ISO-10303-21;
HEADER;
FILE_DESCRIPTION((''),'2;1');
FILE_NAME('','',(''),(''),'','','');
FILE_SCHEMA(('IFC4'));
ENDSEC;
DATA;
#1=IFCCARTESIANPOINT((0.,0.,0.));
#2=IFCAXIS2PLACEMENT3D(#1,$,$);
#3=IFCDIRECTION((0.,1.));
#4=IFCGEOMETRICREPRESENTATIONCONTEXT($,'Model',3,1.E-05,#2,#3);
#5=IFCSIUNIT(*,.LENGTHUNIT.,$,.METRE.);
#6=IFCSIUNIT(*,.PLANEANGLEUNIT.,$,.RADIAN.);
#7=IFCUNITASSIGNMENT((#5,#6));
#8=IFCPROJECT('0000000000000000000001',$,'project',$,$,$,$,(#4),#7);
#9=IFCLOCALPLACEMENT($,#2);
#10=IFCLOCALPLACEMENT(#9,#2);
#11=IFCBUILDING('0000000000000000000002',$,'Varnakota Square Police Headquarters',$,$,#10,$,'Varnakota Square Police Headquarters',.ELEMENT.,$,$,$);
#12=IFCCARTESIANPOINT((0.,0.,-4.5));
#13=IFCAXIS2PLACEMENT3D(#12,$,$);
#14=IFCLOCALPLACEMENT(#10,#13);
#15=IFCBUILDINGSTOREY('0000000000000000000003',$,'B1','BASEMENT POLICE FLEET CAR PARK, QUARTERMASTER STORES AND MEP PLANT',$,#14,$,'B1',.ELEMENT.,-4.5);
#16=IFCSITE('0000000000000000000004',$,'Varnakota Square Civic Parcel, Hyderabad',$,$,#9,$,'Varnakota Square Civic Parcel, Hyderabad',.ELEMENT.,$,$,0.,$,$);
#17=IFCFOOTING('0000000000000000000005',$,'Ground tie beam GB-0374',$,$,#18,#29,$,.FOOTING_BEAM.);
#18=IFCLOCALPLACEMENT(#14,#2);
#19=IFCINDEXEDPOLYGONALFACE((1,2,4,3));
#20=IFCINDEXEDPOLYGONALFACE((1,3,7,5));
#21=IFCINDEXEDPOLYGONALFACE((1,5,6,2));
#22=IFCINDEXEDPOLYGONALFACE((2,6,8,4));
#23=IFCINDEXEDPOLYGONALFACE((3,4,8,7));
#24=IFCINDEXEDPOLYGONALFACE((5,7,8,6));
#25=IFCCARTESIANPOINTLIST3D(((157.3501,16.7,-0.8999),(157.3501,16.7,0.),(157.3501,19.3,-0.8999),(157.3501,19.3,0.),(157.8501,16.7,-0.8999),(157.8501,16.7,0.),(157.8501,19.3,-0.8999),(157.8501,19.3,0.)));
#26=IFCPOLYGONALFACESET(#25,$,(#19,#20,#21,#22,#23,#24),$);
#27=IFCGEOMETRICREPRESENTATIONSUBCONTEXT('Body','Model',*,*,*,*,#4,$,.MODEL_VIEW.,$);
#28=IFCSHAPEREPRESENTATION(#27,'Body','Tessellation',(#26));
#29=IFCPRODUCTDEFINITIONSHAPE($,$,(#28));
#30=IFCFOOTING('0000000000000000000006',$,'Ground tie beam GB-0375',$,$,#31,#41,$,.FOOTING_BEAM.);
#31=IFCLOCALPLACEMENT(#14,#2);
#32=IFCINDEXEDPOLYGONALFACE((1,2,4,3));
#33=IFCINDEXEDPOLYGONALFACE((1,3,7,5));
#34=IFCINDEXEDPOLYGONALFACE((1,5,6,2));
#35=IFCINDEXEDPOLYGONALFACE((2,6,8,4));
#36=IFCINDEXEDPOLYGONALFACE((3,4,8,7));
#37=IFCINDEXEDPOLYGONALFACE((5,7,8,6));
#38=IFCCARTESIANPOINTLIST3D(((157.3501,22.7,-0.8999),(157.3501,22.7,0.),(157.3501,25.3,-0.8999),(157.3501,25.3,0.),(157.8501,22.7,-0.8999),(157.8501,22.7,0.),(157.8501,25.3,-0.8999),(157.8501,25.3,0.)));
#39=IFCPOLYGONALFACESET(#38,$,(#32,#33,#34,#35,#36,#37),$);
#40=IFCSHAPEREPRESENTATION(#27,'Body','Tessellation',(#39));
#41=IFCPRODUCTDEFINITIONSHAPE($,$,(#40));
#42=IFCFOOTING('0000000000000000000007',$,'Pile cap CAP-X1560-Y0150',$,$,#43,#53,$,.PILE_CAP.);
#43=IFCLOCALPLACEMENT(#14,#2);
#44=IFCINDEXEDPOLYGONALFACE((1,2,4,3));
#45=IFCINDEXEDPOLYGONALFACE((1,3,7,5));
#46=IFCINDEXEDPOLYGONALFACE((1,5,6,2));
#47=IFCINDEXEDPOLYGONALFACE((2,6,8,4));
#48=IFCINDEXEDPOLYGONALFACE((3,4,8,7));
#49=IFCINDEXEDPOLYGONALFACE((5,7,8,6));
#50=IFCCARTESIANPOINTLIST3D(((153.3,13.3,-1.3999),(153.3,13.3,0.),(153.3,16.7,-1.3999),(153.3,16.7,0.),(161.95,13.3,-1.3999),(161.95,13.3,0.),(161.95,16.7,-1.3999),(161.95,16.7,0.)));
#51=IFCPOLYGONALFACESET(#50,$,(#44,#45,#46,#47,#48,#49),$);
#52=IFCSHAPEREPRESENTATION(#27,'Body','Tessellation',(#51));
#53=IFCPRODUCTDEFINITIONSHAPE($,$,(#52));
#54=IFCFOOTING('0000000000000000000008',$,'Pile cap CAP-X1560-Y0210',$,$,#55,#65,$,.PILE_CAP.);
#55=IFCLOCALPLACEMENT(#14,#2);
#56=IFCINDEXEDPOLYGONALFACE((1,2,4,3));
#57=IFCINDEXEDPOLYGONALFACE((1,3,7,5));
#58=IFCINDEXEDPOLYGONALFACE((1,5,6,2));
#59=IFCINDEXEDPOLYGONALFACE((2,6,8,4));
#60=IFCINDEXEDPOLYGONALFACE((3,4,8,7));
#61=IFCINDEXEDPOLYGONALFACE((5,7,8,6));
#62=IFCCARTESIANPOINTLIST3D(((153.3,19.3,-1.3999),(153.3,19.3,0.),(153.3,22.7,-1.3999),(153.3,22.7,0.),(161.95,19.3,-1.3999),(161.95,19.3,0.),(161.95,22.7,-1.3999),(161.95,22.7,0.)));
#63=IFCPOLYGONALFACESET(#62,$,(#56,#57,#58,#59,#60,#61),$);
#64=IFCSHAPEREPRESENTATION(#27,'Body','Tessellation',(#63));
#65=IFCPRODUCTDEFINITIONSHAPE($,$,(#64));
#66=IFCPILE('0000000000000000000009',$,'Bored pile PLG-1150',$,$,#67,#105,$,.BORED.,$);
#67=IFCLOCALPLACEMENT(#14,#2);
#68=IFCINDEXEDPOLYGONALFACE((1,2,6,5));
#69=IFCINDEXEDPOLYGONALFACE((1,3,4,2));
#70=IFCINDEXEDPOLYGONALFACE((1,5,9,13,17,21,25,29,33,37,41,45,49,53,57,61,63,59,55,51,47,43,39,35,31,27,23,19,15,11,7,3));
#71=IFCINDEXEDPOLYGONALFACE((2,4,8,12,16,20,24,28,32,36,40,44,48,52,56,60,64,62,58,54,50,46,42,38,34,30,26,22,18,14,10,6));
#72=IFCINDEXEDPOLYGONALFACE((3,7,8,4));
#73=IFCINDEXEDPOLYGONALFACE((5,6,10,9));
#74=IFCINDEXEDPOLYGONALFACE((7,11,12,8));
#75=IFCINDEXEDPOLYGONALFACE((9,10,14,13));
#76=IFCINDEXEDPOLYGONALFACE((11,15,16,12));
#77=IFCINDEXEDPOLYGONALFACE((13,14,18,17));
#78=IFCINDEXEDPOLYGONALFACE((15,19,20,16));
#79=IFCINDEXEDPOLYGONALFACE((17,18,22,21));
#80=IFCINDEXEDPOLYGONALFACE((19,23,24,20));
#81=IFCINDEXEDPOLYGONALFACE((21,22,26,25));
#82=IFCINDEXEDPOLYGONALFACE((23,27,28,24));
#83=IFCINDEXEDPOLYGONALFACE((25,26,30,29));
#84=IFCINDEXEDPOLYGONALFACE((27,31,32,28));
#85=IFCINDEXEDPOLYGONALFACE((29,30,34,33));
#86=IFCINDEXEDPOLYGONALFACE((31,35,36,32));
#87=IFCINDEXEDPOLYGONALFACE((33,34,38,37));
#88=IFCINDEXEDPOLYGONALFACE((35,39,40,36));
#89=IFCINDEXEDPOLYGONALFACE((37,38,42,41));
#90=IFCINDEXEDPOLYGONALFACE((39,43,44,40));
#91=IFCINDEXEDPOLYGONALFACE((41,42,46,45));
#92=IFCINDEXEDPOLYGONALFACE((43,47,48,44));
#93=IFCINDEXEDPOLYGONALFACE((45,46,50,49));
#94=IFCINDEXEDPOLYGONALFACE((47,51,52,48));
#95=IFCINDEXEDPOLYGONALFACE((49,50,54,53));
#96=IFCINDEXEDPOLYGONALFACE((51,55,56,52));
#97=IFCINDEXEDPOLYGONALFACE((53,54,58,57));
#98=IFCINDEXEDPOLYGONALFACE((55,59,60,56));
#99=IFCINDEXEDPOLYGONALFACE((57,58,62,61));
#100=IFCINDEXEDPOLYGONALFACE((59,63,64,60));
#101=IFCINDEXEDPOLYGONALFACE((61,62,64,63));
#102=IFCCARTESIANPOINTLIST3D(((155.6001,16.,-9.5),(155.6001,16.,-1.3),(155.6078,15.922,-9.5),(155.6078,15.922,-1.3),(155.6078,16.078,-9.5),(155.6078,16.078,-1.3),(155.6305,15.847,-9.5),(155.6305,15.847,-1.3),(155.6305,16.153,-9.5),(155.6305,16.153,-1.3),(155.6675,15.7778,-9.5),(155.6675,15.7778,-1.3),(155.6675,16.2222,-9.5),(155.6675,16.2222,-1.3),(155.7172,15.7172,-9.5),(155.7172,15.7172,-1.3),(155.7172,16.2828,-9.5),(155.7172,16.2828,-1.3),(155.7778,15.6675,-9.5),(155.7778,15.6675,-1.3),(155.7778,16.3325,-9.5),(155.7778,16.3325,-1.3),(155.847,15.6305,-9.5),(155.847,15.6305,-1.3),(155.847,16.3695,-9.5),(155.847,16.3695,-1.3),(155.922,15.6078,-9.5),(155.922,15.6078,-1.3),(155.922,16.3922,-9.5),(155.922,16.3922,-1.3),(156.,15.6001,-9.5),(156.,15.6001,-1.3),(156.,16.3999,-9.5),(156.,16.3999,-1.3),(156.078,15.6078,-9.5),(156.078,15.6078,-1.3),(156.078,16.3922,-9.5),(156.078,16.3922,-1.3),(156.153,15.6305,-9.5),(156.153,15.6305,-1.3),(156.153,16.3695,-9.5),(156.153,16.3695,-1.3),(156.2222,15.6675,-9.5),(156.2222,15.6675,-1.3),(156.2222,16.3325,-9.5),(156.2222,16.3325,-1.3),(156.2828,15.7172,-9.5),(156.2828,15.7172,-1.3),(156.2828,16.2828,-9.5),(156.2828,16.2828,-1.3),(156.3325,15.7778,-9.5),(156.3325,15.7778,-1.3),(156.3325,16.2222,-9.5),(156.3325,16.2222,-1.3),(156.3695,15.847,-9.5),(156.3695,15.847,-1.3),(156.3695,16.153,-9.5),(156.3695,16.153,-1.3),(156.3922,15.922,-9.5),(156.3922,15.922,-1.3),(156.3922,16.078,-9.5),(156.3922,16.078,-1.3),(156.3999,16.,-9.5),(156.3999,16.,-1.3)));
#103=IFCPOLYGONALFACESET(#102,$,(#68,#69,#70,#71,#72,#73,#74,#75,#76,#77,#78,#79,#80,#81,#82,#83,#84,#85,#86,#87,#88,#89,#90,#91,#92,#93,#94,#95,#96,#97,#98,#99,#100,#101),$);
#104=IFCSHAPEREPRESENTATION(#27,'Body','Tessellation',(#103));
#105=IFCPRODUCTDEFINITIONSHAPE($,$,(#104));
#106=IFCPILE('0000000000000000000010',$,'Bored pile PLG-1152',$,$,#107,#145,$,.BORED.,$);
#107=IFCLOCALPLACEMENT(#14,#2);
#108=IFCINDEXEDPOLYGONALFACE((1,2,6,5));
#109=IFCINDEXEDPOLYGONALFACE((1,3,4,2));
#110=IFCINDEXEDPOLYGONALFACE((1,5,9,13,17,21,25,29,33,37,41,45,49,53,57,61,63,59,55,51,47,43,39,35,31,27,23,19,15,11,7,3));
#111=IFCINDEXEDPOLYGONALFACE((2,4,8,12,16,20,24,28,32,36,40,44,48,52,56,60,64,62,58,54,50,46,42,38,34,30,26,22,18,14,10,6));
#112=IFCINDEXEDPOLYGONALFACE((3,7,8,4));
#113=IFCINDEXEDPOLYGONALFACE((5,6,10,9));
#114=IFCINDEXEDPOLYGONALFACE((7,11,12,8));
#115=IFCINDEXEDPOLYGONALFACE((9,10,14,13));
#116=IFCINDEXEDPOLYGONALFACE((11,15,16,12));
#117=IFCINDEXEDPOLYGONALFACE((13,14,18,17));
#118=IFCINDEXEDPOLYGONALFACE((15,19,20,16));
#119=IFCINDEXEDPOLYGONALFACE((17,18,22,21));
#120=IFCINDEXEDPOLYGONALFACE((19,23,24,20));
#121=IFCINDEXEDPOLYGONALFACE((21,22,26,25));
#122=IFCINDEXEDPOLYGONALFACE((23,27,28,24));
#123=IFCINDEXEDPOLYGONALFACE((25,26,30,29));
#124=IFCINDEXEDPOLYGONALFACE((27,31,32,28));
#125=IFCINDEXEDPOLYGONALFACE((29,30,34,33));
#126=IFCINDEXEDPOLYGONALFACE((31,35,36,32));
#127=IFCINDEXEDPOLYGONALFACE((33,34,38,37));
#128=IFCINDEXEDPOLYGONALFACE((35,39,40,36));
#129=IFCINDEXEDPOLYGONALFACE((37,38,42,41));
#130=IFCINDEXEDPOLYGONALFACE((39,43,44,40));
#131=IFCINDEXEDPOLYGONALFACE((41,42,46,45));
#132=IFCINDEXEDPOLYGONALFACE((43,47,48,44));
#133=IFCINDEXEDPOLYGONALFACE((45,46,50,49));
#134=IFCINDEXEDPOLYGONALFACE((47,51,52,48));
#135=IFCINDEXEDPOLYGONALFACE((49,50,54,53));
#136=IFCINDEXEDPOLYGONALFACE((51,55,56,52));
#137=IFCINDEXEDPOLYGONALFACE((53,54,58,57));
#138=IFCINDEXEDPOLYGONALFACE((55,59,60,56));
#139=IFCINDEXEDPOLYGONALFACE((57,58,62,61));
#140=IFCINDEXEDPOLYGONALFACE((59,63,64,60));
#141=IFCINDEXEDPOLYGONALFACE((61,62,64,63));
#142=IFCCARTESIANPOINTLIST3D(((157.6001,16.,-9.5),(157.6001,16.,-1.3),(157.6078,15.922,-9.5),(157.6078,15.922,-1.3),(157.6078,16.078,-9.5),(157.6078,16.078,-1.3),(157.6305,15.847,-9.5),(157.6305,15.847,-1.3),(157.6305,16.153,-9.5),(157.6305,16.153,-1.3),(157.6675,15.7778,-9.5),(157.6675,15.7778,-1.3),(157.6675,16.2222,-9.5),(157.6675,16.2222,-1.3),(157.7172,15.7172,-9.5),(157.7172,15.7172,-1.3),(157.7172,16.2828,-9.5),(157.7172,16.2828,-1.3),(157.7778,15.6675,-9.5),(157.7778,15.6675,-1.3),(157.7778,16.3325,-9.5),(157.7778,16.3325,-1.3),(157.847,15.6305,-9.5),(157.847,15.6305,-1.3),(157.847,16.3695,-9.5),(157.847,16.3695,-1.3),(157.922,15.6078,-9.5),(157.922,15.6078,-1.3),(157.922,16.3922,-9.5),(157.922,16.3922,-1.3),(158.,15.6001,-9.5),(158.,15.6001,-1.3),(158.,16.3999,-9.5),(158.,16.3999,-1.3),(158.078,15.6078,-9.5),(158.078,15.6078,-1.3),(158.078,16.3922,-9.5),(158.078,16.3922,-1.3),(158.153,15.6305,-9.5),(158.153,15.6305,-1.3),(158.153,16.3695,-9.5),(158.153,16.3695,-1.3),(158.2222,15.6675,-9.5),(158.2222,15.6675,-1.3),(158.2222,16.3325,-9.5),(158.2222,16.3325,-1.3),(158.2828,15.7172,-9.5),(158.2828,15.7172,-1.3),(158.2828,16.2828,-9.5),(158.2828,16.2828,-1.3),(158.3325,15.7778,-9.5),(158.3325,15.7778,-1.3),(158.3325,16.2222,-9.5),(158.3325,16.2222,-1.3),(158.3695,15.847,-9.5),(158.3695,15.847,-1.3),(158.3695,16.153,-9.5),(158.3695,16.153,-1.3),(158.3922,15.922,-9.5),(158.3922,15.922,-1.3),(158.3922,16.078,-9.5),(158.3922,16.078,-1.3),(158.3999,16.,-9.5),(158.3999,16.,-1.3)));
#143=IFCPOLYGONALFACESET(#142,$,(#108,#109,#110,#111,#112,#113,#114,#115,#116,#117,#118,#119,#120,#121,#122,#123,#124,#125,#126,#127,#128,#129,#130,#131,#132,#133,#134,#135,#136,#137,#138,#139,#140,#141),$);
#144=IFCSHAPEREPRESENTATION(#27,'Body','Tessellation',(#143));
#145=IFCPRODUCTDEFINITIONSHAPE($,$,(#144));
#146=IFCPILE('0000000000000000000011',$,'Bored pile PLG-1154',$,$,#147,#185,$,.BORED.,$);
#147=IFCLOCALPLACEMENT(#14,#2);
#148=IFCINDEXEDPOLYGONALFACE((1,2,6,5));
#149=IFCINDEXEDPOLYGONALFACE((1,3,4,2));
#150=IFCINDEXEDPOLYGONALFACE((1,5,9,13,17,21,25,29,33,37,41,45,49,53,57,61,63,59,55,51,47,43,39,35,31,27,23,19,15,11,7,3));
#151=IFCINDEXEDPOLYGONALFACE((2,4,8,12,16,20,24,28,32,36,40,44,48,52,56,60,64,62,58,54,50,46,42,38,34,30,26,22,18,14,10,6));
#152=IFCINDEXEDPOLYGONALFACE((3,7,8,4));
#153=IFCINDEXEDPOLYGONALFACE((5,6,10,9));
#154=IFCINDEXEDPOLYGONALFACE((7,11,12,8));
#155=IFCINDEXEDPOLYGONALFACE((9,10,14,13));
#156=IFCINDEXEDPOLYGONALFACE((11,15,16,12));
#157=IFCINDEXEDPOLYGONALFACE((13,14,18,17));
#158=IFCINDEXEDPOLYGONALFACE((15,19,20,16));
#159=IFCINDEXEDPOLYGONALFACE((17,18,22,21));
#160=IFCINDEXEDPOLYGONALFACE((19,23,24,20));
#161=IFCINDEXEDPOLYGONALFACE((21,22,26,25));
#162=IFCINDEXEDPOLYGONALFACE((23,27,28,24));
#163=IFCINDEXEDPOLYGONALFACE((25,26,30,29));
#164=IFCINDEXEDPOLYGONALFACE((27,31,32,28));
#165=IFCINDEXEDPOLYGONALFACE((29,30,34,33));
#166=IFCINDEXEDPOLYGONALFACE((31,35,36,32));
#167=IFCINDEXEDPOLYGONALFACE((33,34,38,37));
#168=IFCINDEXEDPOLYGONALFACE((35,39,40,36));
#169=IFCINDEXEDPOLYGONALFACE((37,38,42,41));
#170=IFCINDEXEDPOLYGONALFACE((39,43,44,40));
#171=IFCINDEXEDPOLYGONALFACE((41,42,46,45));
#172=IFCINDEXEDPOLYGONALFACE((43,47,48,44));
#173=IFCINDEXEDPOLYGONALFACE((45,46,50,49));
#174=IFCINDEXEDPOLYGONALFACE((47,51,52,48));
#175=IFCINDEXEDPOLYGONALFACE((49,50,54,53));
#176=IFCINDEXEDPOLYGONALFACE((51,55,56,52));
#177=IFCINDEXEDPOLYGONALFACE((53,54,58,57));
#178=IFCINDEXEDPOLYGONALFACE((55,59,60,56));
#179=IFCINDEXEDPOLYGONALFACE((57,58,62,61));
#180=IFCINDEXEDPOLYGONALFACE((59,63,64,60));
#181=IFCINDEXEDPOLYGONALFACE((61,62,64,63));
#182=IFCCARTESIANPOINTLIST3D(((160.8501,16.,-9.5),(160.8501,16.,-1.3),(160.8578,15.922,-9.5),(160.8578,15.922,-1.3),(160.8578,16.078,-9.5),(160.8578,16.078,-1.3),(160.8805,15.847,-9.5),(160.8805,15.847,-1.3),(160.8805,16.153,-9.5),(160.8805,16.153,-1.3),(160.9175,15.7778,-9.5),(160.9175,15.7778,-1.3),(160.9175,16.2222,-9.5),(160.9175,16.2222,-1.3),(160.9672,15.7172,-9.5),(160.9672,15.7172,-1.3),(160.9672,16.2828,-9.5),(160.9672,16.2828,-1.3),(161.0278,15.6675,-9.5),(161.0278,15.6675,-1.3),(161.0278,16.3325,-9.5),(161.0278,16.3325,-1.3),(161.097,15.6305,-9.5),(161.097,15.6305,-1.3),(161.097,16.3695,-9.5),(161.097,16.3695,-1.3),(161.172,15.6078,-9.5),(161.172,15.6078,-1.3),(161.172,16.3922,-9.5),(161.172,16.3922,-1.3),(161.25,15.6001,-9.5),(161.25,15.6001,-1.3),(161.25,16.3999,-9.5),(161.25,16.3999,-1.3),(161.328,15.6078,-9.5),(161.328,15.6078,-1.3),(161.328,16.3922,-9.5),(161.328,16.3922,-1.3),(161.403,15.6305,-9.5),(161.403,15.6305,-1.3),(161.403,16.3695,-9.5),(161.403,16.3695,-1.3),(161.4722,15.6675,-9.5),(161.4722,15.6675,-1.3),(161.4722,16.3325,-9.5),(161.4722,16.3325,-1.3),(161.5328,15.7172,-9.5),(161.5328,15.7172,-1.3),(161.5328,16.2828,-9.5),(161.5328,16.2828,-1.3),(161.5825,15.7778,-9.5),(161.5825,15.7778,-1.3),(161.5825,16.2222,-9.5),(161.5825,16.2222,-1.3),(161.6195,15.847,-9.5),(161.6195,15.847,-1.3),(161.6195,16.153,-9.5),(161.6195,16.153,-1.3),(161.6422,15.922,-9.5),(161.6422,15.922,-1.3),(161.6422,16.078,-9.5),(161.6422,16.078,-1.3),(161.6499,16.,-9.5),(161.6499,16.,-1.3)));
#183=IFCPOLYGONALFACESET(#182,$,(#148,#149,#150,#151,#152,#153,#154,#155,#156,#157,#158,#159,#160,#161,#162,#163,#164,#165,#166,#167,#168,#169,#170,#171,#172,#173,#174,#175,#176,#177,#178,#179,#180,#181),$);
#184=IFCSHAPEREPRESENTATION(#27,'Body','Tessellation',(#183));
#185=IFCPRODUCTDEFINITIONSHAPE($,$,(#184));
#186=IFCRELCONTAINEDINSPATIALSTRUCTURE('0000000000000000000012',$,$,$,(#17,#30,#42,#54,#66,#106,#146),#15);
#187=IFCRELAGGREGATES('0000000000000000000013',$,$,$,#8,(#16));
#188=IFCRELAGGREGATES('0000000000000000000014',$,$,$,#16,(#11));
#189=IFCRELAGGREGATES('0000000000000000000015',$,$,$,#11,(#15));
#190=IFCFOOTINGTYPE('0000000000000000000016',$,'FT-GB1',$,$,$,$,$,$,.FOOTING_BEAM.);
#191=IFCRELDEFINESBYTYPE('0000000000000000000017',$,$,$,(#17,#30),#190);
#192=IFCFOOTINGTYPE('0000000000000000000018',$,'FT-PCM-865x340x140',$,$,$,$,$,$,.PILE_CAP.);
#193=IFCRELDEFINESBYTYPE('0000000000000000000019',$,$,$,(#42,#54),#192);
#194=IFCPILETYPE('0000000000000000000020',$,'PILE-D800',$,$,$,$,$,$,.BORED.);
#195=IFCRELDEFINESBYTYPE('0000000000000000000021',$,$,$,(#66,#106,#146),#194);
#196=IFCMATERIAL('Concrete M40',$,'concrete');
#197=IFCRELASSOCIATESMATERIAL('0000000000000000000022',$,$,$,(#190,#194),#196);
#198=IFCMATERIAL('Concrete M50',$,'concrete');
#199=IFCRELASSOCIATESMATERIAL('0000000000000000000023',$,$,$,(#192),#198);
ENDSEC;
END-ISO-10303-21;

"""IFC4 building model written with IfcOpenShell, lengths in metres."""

from ifc_helpers import new_model, si_unit, direction, frame, origin, origin_2d, place, context, subcontext, project, spatial, rectangle, circle, extrude, material, material_profile, profile_set, type_object, element, save


model = new_model("IFC4")

# Units and contexts
model_context = context("Model", 3, precision=1e-05, world=origin(), true_north=direction((0.0, 1.0)))
body_context = subcontext(model_context, "Body", "Model", "MODEL_VIEW")
ifc_project = project(units=[si_unit("LENGTHUNIT", "METRE"), si_unit("PLANEANGLEUNIT", "RADIAN")], contexts=[model_context])

# Site, building, storey
site_placement = place(None, origin())
site = spatial("IfcSite", under=ifc_project, at=site_placement, Name="Varnakota Square Civic Parcel, Hyderabad", LongName="Varnakota Square Civic Parcel, Hyderabad", CompositionType="ELEMENT", RefElevation=0.0)
building_placement = place(site_placement, origin())
building = spatial("IfcBuilding", under=site, at=building_placement, Name="Varnakota Square Police Headquarters", LongName="Varnakota Square Police Headquarters", CompositionType="ELEMENT")
storey_placement = place(building_placement, frame((0.0, 0.0, -4.5)))
storey = spatial("IfcBuildingStorey", under=building, at=storey_placement, Name="B1", Description="BASEMENT POLICE FLEET CAR PARK, QUARTERMASTER STORES AND MEP PLANT", LongName="B1", CompositionType="ELEMENT", Elevation=-4.5)

# Footings
ifc_material_1 = material(Name="Concrete M40", Category="concrete")
ifc_material_profile_1 = material_profile(ifc_material_1, rectangle(XDim=0.5, YDim=0.8999, at=origin_2d()), Name="GB 500x900")
ifc_profile_set_1 = profile_set([ifc_material_profile_1], Name="Concrete M40")
footing_type_1 = type_object("IfcFootingType", Name="FT-GB1", PredefinedType="FOOTING_BEAM", material=ifc_profile_set_1)
for number, where, z_axis, x_axis, name in (
    (1, (157.6001, 16.7, -0.45), (0.0, 1.0, 0.0), (-1.0, 0.0, 0.0), "Ground tie beam GB-0374"),
    (2, (157.6001, 22.7, -0.45), (0.0, 1.0, 0.0), (-1.0, 0.0, 0.0), "Ground tie beam GB-0375"),
):
    element("IfcFooting", number, at=place(storey_placement, frame(where, z_axis=z_axis, x_axis=x_axis)), inside=storey, type_object=footing_type_1, Name=name, PredefinedType="FOOTING_BEAM", context=body_context, shape_type="SweptSolid", body=[
        extrude(rectangle(XDim=0.5, YDim=0.8999, at=origin_2d()), origin(), (0.0, 0.0, 1.0), 2.6001),
    ])
ifc_material_2 = material(Name="Concrete M50", Category="concrete")
footing_type_2 = type_object("IfcFootingType", Name="FT-PCM-865x340x140", PredefinedType="PILE_CAP", material=ifc_material_2)
for number, where, z_axis, x_axis, name in (
    (3, (157.625, 15.0, -1.3999), (0.0, 0.0, 1.0), (1.0, 0.0, 0.0), "Pile cap CAP-X1560-Y0150"),
    (4, (157.625, 21.0, -1.3999), (0.0, 0.0, 1.0), (1.0, 0.0, 0.0), "Pile cap CAP-X1560-Y0210"),
):
    element("IfcFooting", number, at=place(storey_placement, frame(where, z_axis=z_axis, x_axis=x_axis)), inside=storey, type_object=footing_type_2, Name=name, PredefinedType="PILE_CAP", context=body_context, shape_type="SweptSolid", body=[
        extrude(rectangle(XDim=8.6499, YDim=3.3999, at=origin_2d()), origin(), (0.0, 0.0, 1.0), 1.3999),
    ])

# Piles
ifc_material_profile_2 = material_profile(ifc_material_1, circle(Radius=0.3999, at=origin_2d()), Name="BORED PILE 800")
ifc_profile_set_2 = profile_set([ifc_material_profile_2], Name="Concrete M40")
pile_type = type_object("IfcPileType", Name="PILE-D800", PredefinedType="BORED", material=ifc_profile_set_2)
for number, where, z_axis, x_axis, name in (
    (5, (156.0, 16.0, -1.3), (0.0, 0.0, -1.0), (1.0, 0.0, 0.0), "Bored pile PLG-1150"),
    (6, (158.0, 16.0, -1.3), (0.0, 0.0, -1.0), (1.0, 0.0, 0.0), "Bored pile PLG-1152"),
    (7, (161.25, 16.0, -1.3), (0.0, 0.0, -1.0), (1.0, 0.0, 0.0), "Bored pile PLG-1154"),
):
    element("IfcPile", number, at=place(storey_placement, frame(where, z_axis=z_axis, x_axis=x_axis)), inside=storey, type_object=pile_type, Name=name, PredefinedType="BORED", context=body_context, shape_type="SweptSolid", body=[
        extrude(circle(Radius=0.3999, at=origin_2d()), origin(), (0.0, 0.0, 1.0), 8.2),
    ])

save(model, "model.ifc")
